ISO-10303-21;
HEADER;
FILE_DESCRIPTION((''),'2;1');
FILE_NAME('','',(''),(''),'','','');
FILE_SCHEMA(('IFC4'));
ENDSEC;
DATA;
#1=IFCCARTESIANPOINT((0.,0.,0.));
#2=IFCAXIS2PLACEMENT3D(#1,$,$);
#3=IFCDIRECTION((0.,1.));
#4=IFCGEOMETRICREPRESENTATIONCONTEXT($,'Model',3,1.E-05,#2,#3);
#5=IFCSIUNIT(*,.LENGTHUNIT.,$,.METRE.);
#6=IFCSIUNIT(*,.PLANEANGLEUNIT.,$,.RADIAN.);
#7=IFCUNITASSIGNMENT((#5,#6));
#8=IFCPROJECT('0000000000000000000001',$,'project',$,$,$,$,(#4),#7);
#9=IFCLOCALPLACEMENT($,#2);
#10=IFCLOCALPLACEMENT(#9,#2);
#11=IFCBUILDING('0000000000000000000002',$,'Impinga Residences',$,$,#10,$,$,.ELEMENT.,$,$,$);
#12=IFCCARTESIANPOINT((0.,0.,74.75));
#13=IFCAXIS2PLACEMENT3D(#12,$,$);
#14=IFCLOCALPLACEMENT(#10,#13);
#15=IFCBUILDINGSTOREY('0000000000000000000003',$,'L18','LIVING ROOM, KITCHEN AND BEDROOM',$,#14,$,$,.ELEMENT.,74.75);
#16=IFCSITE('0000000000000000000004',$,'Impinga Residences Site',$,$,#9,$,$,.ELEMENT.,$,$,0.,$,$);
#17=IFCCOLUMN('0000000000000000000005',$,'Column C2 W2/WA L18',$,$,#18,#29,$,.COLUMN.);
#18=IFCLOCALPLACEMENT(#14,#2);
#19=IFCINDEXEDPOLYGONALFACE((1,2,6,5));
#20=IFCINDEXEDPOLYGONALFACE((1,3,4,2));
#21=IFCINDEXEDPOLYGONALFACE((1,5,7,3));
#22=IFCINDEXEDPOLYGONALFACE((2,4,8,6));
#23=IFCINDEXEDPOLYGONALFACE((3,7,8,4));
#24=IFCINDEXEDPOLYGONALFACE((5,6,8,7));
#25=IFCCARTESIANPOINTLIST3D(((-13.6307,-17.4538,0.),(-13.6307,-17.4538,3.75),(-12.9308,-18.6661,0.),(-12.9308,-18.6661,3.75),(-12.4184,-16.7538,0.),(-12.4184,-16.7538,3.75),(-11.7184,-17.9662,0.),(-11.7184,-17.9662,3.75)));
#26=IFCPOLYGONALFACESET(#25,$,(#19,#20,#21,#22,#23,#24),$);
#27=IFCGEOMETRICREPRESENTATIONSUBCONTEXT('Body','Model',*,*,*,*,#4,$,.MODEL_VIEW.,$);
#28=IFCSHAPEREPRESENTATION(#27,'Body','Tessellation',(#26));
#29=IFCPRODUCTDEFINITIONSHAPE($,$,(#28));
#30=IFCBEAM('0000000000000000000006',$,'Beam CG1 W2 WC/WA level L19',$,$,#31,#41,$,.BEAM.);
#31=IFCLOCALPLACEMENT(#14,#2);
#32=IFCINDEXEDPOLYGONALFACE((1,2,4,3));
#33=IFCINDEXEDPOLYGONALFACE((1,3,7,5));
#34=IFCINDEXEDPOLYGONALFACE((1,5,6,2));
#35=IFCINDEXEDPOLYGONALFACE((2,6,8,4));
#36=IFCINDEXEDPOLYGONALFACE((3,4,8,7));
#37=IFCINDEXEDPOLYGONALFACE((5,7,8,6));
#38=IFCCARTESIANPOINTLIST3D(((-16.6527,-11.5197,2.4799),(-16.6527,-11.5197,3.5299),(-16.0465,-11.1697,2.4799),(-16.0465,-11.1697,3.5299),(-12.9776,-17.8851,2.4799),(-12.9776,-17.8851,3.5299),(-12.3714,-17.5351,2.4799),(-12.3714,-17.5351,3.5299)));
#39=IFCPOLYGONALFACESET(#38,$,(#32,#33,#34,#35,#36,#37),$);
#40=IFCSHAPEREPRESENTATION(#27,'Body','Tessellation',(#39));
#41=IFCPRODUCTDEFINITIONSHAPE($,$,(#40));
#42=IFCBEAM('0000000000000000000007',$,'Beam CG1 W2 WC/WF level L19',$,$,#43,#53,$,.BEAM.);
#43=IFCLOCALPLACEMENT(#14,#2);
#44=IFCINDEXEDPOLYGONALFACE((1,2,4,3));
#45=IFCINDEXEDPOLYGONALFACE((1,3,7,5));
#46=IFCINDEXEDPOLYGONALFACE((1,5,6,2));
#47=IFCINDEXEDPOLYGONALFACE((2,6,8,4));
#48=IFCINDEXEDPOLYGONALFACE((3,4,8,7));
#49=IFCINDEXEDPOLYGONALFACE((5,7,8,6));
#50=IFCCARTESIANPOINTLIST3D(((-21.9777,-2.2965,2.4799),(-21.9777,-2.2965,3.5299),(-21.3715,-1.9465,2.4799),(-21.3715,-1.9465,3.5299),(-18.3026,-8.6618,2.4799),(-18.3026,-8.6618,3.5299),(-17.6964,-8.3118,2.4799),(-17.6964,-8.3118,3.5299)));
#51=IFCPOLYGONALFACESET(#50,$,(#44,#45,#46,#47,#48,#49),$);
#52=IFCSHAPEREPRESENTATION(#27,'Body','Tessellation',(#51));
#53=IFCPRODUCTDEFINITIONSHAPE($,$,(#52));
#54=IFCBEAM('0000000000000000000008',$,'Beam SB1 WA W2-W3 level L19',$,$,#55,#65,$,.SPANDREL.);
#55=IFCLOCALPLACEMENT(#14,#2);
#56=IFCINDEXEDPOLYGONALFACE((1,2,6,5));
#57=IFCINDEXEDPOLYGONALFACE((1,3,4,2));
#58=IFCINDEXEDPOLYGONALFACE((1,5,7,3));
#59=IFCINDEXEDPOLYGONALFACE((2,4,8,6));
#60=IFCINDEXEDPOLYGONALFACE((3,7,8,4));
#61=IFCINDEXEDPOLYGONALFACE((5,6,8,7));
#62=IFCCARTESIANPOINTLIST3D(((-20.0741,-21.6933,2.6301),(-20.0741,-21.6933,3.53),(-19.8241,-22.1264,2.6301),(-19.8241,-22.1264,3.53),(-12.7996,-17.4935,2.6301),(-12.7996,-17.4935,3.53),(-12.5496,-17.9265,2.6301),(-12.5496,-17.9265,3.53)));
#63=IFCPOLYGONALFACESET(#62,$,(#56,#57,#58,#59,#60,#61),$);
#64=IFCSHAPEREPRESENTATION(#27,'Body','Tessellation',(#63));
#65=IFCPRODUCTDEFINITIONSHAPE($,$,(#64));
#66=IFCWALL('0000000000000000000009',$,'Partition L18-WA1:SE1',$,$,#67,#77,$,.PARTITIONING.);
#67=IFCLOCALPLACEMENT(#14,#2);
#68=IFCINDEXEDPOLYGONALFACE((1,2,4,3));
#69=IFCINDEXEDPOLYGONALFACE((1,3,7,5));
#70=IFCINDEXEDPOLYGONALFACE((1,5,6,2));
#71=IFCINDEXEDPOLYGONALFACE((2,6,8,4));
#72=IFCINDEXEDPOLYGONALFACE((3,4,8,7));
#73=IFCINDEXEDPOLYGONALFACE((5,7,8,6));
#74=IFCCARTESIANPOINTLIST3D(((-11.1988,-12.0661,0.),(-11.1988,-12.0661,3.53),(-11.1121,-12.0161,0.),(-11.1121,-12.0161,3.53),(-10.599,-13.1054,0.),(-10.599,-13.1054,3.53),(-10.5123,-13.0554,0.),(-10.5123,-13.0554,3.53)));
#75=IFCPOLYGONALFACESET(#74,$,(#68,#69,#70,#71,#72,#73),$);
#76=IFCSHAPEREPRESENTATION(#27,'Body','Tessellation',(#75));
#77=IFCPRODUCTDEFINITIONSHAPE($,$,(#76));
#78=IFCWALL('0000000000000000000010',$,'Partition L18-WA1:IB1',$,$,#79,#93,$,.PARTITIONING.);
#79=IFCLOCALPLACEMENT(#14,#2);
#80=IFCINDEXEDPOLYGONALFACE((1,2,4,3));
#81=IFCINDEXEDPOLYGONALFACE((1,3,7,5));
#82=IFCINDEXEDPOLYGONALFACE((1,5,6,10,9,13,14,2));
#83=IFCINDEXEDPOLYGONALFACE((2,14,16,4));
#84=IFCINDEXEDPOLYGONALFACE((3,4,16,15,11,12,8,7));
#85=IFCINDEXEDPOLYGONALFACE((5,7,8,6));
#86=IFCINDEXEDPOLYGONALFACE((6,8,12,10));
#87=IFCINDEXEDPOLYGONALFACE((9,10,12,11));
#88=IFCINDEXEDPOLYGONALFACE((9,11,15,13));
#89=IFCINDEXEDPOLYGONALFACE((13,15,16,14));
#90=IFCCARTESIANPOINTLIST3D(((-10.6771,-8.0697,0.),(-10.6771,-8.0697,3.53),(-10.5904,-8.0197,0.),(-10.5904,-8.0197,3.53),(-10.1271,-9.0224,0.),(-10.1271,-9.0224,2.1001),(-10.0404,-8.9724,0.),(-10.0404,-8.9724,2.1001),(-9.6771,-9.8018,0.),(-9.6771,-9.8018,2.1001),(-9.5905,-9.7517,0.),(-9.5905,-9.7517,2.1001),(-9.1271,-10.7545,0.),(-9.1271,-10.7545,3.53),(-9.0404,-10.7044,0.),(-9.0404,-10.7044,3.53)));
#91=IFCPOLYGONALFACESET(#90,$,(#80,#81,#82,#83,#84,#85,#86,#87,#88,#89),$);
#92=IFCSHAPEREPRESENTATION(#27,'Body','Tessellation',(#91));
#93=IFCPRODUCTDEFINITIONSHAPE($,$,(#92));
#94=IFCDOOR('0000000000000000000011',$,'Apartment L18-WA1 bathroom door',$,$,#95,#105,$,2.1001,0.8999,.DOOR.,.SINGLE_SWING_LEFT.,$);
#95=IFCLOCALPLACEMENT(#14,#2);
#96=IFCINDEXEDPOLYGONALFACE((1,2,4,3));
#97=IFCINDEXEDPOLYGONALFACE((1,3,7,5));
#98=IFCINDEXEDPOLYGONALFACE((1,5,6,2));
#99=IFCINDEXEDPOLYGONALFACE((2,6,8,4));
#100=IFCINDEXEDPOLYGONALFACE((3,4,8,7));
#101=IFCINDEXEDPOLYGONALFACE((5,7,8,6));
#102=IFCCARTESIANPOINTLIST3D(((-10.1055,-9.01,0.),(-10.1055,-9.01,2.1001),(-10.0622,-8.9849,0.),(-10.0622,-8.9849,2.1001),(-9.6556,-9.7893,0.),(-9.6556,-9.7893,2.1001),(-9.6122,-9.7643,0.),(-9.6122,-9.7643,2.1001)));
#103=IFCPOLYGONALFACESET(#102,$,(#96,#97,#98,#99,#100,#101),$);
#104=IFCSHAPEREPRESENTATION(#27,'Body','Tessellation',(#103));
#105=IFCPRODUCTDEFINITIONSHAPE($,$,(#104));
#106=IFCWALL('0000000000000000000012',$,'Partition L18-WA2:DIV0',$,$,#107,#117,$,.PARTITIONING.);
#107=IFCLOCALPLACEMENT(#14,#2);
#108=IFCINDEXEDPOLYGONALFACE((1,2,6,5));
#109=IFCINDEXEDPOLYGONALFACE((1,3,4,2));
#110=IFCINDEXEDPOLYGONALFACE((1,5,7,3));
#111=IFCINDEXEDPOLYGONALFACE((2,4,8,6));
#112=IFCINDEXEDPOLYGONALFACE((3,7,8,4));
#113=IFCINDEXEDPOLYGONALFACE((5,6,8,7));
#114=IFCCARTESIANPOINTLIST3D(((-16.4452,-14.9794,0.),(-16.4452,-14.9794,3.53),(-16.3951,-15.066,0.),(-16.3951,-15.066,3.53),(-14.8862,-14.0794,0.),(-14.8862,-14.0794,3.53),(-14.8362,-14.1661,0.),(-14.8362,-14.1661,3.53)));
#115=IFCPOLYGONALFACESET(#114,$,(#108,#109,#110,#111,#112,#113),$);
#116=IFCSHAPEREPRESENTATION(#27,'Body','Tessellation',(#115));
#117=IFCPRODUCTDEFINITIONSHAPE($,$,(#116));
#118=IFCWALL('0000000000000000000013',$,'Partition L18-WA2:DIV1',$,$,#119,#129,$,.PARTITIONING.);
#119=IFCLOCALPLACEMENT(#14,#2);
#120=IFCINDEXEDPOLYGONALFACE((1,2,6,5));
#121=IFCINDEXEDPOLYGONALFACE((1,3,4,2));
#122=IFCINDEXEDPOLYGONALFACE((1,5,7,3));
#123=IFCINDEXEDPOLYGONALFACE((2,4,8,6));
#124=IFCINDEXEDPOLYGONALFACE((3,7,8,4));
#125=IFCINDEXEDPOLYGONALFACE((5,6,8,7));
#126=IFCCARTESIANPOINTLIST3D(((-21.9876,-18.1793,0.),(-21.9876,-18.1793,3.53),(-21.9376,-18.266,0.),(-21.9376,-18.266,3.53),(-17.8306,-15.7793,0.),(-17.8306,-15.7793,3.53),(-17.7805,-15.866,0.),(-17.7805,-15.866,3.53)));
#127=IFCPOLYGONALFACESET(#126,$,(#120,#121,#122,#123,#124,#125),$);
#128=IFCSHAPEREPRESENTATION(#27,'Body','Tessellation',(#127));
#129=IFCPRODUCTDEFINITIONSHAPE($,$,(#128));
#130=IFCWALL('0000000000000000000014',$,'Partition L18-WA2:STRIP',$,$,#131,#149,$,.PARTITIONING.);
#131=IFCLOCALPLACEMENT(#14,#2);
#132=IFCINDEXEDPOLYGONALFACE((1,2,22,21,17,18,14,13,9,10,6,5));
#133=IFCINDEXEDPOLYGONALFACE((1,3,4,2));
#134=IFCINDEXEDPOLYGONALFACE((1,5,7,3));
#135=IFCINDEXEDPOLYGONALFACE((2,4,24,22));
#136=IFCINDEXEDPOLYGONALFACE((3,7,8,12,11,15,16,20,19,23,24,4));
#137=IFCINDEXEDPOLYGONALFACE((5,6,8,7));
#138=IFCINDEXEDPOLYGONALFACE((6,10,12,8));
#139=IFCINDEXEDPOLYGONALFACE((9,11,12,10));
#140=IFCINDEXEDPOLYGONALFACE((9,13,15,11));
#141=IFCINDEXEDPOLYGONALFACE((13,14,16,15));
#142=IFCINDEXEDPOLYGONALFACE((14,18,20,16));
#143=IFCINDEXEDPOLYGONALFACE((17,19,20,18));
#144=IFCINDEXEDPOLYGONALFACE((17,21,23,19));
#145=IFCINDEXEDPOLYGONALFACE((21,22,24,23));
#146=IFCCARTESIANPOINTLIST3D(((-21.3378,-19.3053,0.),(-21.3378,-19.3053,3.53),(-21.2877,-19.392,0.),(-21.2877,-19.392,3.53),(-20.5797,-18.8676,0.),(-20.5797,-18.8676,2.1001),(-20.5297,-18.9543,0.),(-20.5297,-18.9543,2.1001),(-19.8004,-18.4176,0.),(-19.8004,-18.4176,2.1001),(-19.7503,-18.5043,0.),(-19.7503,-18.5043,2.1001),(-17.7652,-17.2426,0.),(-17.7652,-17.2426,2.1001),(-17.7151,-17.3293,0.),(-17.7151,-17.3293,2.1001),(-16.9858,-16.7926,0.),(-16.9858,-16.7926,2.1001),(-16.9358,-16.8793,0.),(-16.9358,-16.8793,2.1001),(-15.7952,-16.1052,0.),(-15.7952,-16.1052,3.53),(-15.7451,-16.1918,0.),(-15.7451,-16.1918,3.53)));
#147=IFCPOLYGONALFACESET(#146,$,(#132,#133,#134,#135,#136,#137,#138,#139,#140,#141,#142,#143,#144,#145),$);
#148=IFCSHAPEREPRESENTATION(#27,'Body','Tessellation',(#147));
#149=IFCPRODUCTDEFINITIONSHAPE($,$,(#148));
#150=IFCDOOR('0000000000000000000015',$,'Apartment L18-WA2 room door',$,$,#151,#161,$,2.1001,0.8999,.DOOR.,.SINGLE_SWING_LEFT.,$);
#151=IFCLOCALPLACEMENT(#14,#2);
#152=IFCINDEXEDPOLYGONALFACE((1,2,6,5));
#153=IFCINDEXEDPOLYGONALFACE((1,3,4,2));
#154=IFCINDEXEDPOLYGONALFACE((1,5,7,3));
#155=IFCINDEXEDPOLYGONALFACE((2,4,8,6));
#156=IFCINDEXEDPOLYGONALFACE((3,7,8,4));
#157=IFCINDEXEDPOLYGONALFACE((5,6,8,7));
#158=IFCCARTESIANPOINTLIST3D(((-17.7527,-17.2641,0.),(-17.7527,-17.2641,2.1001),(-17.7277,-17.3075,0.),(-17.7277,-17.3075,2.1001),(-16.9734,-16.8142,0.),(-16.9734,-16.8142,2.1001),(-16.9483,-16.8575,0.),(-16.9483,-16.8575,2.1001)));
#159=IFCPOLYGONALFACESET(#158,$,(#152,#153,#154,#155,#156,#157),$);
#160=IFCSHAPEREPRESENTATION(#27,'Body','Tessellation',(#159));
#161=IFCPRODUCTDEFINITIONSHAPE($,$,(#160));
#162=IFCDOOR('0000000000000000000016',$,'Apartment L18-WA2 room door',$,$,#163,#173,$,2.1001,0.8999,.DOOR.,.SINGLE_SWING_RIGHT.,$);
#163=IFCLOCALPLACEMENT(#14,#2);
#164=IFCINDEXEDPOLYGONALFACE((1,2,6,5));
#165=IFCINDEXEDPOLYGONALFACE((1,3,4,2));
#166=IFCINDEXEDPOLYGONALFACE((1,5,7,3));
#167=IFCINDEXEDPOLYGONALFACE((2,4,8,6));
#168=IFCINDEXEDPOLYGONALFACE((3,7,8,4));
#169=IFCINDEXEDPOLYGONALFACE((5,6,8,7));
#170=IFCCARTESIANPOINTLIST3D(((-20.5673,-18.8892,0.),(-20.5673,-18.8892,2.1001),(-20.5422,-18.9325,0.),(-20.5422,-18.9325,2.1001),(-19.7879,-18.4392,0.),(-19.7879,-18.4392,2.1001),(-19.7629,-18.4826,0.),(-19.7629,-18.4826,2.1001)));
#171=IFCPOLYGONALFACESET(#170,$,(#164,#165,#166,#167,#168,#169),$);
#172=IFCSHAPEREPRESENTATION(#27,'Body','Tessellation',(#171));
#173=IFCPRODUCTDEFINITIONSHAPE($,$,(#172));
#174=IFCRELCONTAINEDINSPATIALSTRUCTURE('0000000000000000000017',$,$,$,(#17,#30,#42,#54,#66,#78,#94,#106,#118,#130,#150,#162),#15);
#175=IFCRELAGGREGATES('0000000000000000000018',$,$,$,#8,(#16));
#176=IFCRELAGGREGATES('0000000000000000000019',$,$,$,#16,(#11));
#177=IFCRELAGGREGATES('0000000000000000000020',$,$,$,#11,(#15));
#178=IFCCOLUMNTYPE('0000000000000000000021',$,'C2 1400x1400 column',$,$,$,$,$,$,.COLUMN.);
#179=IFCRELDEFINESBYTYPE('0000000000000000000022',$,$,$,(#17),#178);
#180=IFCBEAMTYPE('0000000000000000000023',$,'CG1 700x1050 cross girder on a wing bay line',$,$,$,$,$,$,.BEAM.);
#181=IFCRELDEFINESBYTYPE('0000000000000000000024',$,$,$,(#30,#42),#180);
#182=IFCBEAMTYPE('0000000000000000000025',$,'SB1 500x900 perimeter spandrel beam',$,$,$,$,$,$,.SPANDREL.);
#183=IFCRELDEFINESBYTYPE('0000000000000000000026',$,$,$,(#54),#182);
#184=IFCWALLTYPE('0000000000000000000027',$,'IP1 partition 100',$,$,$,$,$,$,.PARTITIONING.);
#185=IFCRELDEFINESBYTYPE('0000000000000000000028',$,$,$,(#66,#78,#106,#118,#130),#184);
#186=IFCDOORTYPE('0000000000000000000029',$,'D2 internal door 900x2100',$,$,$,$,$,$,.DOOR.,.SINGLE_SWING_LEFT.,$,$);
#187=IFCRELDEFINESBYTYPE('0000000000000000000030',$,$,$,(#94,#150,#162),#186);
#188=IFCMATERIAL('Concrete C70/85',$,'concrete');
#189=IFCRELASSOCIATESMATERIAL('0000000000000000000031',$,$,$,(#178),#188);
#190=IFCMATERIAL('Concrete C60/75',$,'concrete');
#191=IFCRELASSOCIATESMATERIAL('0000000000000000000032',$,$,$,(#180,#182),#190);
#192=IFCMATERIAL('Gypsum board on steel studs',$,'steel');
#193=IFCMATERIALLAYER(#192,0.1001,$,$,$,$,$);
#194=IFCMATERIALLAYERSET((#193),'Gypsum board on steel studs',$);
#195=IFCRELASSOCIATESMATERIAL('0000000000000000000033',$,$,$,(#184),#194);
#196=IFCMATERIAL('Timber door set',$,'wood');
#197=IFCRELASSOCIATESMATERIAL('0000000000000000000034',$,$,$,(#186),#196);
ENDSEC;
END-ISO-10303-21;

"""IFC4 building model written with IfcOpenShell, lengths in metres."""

from ifc_helpers import new_model, si_unit, direction, frame, frame_2d, origin, origin_2d, place, context, subcontext, project, spatial, rectangle, extrude, material, layer, layer_set, material_profile, profile_set, type_object, element, fill, save


model = new_model("IFC4")

# Units and contexts
model_context = context("Model", 3, precision=1e-05, world=origin(), true_north=direction((0.0, 1.0)))
body_context = subcontext(model_context, "Body", "Model", "MODEL_VIEW")
ifc_project = project(units=[si_unit("LENGTHUNIT", "METRE"), si_unit("PLANEANGLEUNIT", "RADIAN")], contexts=[model_context])

# Site, building, storey
site_placement = place(None, origin())
site = spatial("IfcSite", under=ifc_project, at=site_placement, Name="Impinga Residences Site", CompositionType="ELEMENT", RefElevation=0.0)
building_placement = place(site_placement, origin())
building = spatial("IfcBuilding", under=site, at=building_placement, Name="Impinga Residences", CompositionType="ELEMENT")
storey_placement = place(building_placement, frame((0.0, 0.0, 74.75)))
storey = spatial("IfcBuildingStorey", under=building, at=storey_placement, Name="L18", Description="LIVING ROOM, KITCHEN AND BEDROOM", CompositionType="ELEMENT", Elevation=74.75)

# Column
ifc_material_1 = material(Name="Concrete C70/85", Category="concrete")
ifc_material_profile_1 = material_profile(ifc_material_1, rectangle(XDim=1.3999, YDim=1.3999, at=origin_2d()), Name="RC 1400x1400")
ifc_profile_set_1 = profile_set([ifc_material_profile_1], Name="Concrete C70/85")
column_type = type_object("IfcColumnType", Name="C2 1400x1400 column", PredefinedType="COLUMN", material=ifc_profile_set_1)
column_placement = place(storey_placement, frame((-12.6746, -17.71, 0.0), z_axis=(0.0, 0.0, 1.0), x_axis=(-0.5, 0.866025, 0.0)))
element("IfcColumn", 1, at=column_placement, inside=storey, type_object=column_type, Name="Column C2 W2/WA L18", PredefinedType="COLUMN", context=body_context, shape_type="SweptSolid", body=[
    extrude(rectangle(XDim=1.3999, YDim=1.3999, at=origin_2d()), origin(), (0.0, 0.0, 1.0), 3.75),
])

# Beams
ifc_material_2 = material(Name="Concrete C60/75", Category="concrete")
ifc_material_profile_2 = material_profile(ifc_material_2, rectangle(XDim=0.7, YDim=1.05, at=origin_2d()), Name="RC 700x1050")
ifc_profile_set_2 = profile_set([ifc_material_profile_2], Name="Concrete C60/75")
beam_type_1 = type_object("IfcBeamType", Name="CG1 700x1050 cross girder on a wing bay line", PredefinedType="BEAM", material=ifc_profile_set_2)
for number, where, z_axis, x_axis, name in (
    (2, (-16.3496, -11.3447, 3.0049), (0.500008, -0.866021, 0.0), (0.866021, 0.500008, 0.0), "Beam CG1 W2 WC/WA level L19"),
    (3, (-17.9995, -8.4868, 3.0049), (-0.500008, 0.866021, 0.0), (-0.866021, -0.500008, 0.0), "Beam CG1 W2 WC/WF level L19"),
):
    element("IfcBeam", number, at=place(storey_placement, frame(where, z_axis=z_axis, x_axis=x_axis)), inside=storey, type_object=beam_type_1, Name=name, PredefinedType="BEAM", context=body_context, shape_type="SweptSolid", body=[
        extrude(rectangle(XDim=0.7, YDim=1.05, at=origin_2d()), origin(), (0.0, 0.0, 1.0), 7.3501),
    ])
ifc_material_profile_3 = material_profile(ifc_material_2, rectangle(XDim=0.5, YDim=0.8999, at=origin_2d()), Name="RC 500x900")
ifc_profile_set_3 = profile_set([ifc_material_profile_3], Name="Concrete C60/75")
beam_type_2 = type_object("IfcBeamType", Name="SB1 500x900 perimeter spandrel beam", PredefinedType="SPANDREL", material=ifc_profile_set_3)
beam_placement = place(storey_placement, frame((-12.6746, -17.71, 3.0801), z_axis=(-0.866029, -0.499993, 0.0), x_axis=(0.499993, -0.866029, 0.0)))
element("IfcBeam", 4, at=beam_placement, inside=storey, type_object=beam_type_2, Name="Beam SB1 WA W2-W3 level L19", PredefinedType="SPANDREL", context=body_context, shape_type="SweptSolid", body=[
    extrude(rectangle(XDim=0.5, YDim=0.8999, at=origin_2d()), origin(), (0.0, 0.0, 1.0), 8.3999),
])

# Wall
ifc_material_3 = material(Name="Gypsum board on steel studs", Category="steel")
ifc_layer_1 = layer(ifc_material_3, 0.1001)
ifc_layer_set_1 = layer_set([ifc_layer_1], Name="Gypsum board on steel studs")
wall_type_1 = type_object("IfcWallType", Name="IP1 partition 100", PredefinedType="PARTITIONING", material=ifc_layer_set_1)
wall_1_placement = place(storey_placement, frame((-11.1555, -12.041, 0.0), z_axis=(0.0, 0.0, 1.0), x_axis=(0.499881, -0.866094, 0.0)))
element("IfcWall", 5, at=wall_1_placement, inside=storey, type_object=wall_type_1, Name="Partition L18-WA1:SE1", PredefinedType="PARTITIONING", context=body_context, shape_type="SweptSolid", body=[
    extrude(rectangle(XDim=1.2, YDim=0.1001, at=frame_2d((0.6001, 0.0))), origin(), (0.0, 0.0, 1.0), 3.53),
])

# Wall, opening, door
wall_2_placement = place(storey_placement, frame((-10.6338, -8.0447, 0.0), z_axis=(0.0, 0.0, 1.0), x_axis=(0.499993, -0.86603, 0.0)))
wall_2 = element("IfcWall", 6, at=wall_2_placement, inside=storey, type_object=wall_type_1, Name="Partition L18-WA1:IB1", PredefinedType="PARTITIONING", context=body_context, shape_type="SweptSolid", body=[
    extrude(rectangle(XDim=3.1001, YDim=0.1001, at=frame_2d((1.55, 0.0))), origin(), (0.0, 0.0, 1.0), 3.53),
])
opening_1_placement = place(wall_2_placement, frame((1.1001, 0.0, 0.0)))
opening_1 = element("IfcOpeningElement", 7, at=opening_1_placement, cuts=wall_2, PredefinedType="OPENING", context=body_context, shape_type="SweptSolid", body=[
    extrude(rectangle(XDim=0.8999, YDim=2.1001, at=frame_2d((0.45, 1.05))), frame((0.0, 0.0601, 0.0), z_axis=(0.0, -1.0, 0.0), x_axis=(1.0, 0.0, 0.0)), (0.0, 0.0, 1.0), 0.1201),
])
ifc_material_4 = material(Name="Timber door set", Category="wood")
door_type = type_object("IfcDoorType", Name="D2 internal door 900x2100", OperationType="SINGLE_SWING_LEFT", PredefinedType="DOOR", material=ifc_material_4)
door_1_placement = place(opening_1_placement, origin())
door_1 = element("IfcDoor", 8, at=door_1_placement, inside=storey, type_object=door_type, Name="Apartment L18-WA1 bathroom door", OperationType="SINGLE_SWING_LEFT", OverallHeight=2.1001, OverallWidth=0.8999, PredefinedType="DOOR", context=body_context, shape_type="SweptSolid", body=[
    extrude(rectangle(XDim=0.8999, YDim=2.1001, at=frame_2d((0.45, 1.05))), frame((0.0, 0.0249, 0.0), z_axis=(0.0, -1.0, 0.0), x_axis=(1.0, 0.0, 0.0)), (0.0, 0.0, 1.0), 0.05),
])
fill(opening_1, door_1)

# Walls
wall_3_placement = place(storey_placement, frame((-14.8613, -14.1228, 0.0), z_axis=(0.0, 0.0, 1.0), x_axis=(-0.866048, -0.499961, 0.0)))
element("IfcWall", 9, at=wall_3_placement, inside=storey, type_object=wall_type_1, Name="Partition L18-WA2:DIV0", PredefinedType="PARTITIONING", context=body_context, shape_type="SweptSolid", body=[
    extrude(rectangle(XDim=1.8, YDim=0.1001, at=frame_2d((0.8999, 0.0))), origin(), (0.0, 0.0, 1.0), 3.53),
])
wall_4_placement = place(storey_placement, frame((-17.8057, -15.8228, 0.0), z_axis=(0.0, 0.0, 1.0), x_axis=(-0.866037, -0.499979, 0.0)))
element("IfcWall", 10, at=wall_4_placement, inside=storey, type_object=wall_type_1, Name="Partition L18-WA2:DIV1", PredefinedType="PARTITIONING", context=body_context, shape_type="SweptSolid", body=[
    extrude(rectangle(XDim=4.8, YDim=0.1001, at=frame_2d((2.3999, 0.0))), origin(), (0.0, 0.0, 1.0), 3.53),
])

# Wall, openings, doors
wall_5_placement = place(storey_placement, frame((-15.77, -16.1484, 0.0), z_axis=(0.0, 0.0, 1.0), x_axis=(-0.866019, -0.500012, 0.0)))
wall_5 = element("IfcWall", 11, at=wall_5_placement, inside=storey, type_object=wall_type_1, Name="Partition L18-WA2:STRIP", PredefinedType="PARTITIONING", context=body_context, shape_type="SweptSolid", body=[
    extrude(rectangle(XDim=6.4001, YDim=0.1001, at=frame_2d((3.2002, 0.0))), origin(), (0.0, 0.0, 1.0), 3.53),
])
opening_2_placement = place(wall_5_placement, frame((1.375, 0.0, 0.0)))
opening_2 = element("IfcOpeningElement", 12, at=opening_2_placement, cuts=wall_5, PredefinedType="OPENING", context=body_context, shape_type="SweptSolid", body=[
    extrude(rectangle(XDim=0.8999, YDim=2.1001, at=frame_2d((0.45, 1.05))), frame((0.0, 0.0601, 0.0), z_axis=(0.0, -1.0, 0.0), x_axis=(1.0, 0.0, 0.0)), (0.0, 0.0, 1.0), 0.1201),
])
opening_3_placement = place(wall_5_placement, frame((4.625, 0.0, 0.0)))
opening_3 = element("IfcOpeningElement", 13, at=opening_3_placement, cuts=wall_5, PredefinedType="OPENING", context=body_context, shape_type="SweptSolid", body=[
    extrude(rectangle(XDim=0.8999, YDim=2.1001, at=frame_2d((0.45, 1.05))), frame((0.0, 0.0601, 0.0), z_axis=(0.0, -1.0, 0.0), x_axis=(1.0, 0.0, 0.0)), (0.0, 0.0, 1.0), 0.1201),
])
door_2_placement = place(opening_2_placement, origin())
door_2 = element("IfcDoor", 14, at=door_2_placement, inside=storey, type_object=door_type, Name="Apartment L18-WA2 room door", OperationType="SINGLE_SWING_LEFT", OverallHeight=2.1001, OverallWidth=0.8999, PredefinedType="DOOR", context=body_context, shape_type="SweptSolid", body=[
    extrude(rectangle(XDim=0.8999, YDim=2.1001, at=frame_2d((0.45, 1.05))), frame((0.0, 0.0249, 0.0), z_axis=(0.0, -1.0, 0.0), x_axis=(1.0, 0.0, 0.0)), (0.0, 0.0, 1.0), 0.05),
])
fill(opening_2, door_2)
door_3_placement = place(opening_3_placement, origin())
door_3 = element("IfcDoor", 15, at=door_3_placement, inside=storey, type_object=door_type, Name="Apartment L18-WA2 room door", OperationType="SINGLE_SWING_RIGHT", OverallHeight=2.1001, OverallWidth=0.8999, PredefinedType="DOOR", context=body_context, shape_type="SweptSolid", body=[
    extrude(rectangle(XDim=0.8999, YDim=2.1001, at=frame_2d((0.45, 1.05))), frame((0.0, 0.0249, 0.0), z_axis=(0.0, -1.0, 0.0), x_axis=(1.0, 0.0, 0.0)), (0.0, 0.0, 1.0), 0.05),
])
fill(opening_3, door_3)

save(model, "model.ifc")
